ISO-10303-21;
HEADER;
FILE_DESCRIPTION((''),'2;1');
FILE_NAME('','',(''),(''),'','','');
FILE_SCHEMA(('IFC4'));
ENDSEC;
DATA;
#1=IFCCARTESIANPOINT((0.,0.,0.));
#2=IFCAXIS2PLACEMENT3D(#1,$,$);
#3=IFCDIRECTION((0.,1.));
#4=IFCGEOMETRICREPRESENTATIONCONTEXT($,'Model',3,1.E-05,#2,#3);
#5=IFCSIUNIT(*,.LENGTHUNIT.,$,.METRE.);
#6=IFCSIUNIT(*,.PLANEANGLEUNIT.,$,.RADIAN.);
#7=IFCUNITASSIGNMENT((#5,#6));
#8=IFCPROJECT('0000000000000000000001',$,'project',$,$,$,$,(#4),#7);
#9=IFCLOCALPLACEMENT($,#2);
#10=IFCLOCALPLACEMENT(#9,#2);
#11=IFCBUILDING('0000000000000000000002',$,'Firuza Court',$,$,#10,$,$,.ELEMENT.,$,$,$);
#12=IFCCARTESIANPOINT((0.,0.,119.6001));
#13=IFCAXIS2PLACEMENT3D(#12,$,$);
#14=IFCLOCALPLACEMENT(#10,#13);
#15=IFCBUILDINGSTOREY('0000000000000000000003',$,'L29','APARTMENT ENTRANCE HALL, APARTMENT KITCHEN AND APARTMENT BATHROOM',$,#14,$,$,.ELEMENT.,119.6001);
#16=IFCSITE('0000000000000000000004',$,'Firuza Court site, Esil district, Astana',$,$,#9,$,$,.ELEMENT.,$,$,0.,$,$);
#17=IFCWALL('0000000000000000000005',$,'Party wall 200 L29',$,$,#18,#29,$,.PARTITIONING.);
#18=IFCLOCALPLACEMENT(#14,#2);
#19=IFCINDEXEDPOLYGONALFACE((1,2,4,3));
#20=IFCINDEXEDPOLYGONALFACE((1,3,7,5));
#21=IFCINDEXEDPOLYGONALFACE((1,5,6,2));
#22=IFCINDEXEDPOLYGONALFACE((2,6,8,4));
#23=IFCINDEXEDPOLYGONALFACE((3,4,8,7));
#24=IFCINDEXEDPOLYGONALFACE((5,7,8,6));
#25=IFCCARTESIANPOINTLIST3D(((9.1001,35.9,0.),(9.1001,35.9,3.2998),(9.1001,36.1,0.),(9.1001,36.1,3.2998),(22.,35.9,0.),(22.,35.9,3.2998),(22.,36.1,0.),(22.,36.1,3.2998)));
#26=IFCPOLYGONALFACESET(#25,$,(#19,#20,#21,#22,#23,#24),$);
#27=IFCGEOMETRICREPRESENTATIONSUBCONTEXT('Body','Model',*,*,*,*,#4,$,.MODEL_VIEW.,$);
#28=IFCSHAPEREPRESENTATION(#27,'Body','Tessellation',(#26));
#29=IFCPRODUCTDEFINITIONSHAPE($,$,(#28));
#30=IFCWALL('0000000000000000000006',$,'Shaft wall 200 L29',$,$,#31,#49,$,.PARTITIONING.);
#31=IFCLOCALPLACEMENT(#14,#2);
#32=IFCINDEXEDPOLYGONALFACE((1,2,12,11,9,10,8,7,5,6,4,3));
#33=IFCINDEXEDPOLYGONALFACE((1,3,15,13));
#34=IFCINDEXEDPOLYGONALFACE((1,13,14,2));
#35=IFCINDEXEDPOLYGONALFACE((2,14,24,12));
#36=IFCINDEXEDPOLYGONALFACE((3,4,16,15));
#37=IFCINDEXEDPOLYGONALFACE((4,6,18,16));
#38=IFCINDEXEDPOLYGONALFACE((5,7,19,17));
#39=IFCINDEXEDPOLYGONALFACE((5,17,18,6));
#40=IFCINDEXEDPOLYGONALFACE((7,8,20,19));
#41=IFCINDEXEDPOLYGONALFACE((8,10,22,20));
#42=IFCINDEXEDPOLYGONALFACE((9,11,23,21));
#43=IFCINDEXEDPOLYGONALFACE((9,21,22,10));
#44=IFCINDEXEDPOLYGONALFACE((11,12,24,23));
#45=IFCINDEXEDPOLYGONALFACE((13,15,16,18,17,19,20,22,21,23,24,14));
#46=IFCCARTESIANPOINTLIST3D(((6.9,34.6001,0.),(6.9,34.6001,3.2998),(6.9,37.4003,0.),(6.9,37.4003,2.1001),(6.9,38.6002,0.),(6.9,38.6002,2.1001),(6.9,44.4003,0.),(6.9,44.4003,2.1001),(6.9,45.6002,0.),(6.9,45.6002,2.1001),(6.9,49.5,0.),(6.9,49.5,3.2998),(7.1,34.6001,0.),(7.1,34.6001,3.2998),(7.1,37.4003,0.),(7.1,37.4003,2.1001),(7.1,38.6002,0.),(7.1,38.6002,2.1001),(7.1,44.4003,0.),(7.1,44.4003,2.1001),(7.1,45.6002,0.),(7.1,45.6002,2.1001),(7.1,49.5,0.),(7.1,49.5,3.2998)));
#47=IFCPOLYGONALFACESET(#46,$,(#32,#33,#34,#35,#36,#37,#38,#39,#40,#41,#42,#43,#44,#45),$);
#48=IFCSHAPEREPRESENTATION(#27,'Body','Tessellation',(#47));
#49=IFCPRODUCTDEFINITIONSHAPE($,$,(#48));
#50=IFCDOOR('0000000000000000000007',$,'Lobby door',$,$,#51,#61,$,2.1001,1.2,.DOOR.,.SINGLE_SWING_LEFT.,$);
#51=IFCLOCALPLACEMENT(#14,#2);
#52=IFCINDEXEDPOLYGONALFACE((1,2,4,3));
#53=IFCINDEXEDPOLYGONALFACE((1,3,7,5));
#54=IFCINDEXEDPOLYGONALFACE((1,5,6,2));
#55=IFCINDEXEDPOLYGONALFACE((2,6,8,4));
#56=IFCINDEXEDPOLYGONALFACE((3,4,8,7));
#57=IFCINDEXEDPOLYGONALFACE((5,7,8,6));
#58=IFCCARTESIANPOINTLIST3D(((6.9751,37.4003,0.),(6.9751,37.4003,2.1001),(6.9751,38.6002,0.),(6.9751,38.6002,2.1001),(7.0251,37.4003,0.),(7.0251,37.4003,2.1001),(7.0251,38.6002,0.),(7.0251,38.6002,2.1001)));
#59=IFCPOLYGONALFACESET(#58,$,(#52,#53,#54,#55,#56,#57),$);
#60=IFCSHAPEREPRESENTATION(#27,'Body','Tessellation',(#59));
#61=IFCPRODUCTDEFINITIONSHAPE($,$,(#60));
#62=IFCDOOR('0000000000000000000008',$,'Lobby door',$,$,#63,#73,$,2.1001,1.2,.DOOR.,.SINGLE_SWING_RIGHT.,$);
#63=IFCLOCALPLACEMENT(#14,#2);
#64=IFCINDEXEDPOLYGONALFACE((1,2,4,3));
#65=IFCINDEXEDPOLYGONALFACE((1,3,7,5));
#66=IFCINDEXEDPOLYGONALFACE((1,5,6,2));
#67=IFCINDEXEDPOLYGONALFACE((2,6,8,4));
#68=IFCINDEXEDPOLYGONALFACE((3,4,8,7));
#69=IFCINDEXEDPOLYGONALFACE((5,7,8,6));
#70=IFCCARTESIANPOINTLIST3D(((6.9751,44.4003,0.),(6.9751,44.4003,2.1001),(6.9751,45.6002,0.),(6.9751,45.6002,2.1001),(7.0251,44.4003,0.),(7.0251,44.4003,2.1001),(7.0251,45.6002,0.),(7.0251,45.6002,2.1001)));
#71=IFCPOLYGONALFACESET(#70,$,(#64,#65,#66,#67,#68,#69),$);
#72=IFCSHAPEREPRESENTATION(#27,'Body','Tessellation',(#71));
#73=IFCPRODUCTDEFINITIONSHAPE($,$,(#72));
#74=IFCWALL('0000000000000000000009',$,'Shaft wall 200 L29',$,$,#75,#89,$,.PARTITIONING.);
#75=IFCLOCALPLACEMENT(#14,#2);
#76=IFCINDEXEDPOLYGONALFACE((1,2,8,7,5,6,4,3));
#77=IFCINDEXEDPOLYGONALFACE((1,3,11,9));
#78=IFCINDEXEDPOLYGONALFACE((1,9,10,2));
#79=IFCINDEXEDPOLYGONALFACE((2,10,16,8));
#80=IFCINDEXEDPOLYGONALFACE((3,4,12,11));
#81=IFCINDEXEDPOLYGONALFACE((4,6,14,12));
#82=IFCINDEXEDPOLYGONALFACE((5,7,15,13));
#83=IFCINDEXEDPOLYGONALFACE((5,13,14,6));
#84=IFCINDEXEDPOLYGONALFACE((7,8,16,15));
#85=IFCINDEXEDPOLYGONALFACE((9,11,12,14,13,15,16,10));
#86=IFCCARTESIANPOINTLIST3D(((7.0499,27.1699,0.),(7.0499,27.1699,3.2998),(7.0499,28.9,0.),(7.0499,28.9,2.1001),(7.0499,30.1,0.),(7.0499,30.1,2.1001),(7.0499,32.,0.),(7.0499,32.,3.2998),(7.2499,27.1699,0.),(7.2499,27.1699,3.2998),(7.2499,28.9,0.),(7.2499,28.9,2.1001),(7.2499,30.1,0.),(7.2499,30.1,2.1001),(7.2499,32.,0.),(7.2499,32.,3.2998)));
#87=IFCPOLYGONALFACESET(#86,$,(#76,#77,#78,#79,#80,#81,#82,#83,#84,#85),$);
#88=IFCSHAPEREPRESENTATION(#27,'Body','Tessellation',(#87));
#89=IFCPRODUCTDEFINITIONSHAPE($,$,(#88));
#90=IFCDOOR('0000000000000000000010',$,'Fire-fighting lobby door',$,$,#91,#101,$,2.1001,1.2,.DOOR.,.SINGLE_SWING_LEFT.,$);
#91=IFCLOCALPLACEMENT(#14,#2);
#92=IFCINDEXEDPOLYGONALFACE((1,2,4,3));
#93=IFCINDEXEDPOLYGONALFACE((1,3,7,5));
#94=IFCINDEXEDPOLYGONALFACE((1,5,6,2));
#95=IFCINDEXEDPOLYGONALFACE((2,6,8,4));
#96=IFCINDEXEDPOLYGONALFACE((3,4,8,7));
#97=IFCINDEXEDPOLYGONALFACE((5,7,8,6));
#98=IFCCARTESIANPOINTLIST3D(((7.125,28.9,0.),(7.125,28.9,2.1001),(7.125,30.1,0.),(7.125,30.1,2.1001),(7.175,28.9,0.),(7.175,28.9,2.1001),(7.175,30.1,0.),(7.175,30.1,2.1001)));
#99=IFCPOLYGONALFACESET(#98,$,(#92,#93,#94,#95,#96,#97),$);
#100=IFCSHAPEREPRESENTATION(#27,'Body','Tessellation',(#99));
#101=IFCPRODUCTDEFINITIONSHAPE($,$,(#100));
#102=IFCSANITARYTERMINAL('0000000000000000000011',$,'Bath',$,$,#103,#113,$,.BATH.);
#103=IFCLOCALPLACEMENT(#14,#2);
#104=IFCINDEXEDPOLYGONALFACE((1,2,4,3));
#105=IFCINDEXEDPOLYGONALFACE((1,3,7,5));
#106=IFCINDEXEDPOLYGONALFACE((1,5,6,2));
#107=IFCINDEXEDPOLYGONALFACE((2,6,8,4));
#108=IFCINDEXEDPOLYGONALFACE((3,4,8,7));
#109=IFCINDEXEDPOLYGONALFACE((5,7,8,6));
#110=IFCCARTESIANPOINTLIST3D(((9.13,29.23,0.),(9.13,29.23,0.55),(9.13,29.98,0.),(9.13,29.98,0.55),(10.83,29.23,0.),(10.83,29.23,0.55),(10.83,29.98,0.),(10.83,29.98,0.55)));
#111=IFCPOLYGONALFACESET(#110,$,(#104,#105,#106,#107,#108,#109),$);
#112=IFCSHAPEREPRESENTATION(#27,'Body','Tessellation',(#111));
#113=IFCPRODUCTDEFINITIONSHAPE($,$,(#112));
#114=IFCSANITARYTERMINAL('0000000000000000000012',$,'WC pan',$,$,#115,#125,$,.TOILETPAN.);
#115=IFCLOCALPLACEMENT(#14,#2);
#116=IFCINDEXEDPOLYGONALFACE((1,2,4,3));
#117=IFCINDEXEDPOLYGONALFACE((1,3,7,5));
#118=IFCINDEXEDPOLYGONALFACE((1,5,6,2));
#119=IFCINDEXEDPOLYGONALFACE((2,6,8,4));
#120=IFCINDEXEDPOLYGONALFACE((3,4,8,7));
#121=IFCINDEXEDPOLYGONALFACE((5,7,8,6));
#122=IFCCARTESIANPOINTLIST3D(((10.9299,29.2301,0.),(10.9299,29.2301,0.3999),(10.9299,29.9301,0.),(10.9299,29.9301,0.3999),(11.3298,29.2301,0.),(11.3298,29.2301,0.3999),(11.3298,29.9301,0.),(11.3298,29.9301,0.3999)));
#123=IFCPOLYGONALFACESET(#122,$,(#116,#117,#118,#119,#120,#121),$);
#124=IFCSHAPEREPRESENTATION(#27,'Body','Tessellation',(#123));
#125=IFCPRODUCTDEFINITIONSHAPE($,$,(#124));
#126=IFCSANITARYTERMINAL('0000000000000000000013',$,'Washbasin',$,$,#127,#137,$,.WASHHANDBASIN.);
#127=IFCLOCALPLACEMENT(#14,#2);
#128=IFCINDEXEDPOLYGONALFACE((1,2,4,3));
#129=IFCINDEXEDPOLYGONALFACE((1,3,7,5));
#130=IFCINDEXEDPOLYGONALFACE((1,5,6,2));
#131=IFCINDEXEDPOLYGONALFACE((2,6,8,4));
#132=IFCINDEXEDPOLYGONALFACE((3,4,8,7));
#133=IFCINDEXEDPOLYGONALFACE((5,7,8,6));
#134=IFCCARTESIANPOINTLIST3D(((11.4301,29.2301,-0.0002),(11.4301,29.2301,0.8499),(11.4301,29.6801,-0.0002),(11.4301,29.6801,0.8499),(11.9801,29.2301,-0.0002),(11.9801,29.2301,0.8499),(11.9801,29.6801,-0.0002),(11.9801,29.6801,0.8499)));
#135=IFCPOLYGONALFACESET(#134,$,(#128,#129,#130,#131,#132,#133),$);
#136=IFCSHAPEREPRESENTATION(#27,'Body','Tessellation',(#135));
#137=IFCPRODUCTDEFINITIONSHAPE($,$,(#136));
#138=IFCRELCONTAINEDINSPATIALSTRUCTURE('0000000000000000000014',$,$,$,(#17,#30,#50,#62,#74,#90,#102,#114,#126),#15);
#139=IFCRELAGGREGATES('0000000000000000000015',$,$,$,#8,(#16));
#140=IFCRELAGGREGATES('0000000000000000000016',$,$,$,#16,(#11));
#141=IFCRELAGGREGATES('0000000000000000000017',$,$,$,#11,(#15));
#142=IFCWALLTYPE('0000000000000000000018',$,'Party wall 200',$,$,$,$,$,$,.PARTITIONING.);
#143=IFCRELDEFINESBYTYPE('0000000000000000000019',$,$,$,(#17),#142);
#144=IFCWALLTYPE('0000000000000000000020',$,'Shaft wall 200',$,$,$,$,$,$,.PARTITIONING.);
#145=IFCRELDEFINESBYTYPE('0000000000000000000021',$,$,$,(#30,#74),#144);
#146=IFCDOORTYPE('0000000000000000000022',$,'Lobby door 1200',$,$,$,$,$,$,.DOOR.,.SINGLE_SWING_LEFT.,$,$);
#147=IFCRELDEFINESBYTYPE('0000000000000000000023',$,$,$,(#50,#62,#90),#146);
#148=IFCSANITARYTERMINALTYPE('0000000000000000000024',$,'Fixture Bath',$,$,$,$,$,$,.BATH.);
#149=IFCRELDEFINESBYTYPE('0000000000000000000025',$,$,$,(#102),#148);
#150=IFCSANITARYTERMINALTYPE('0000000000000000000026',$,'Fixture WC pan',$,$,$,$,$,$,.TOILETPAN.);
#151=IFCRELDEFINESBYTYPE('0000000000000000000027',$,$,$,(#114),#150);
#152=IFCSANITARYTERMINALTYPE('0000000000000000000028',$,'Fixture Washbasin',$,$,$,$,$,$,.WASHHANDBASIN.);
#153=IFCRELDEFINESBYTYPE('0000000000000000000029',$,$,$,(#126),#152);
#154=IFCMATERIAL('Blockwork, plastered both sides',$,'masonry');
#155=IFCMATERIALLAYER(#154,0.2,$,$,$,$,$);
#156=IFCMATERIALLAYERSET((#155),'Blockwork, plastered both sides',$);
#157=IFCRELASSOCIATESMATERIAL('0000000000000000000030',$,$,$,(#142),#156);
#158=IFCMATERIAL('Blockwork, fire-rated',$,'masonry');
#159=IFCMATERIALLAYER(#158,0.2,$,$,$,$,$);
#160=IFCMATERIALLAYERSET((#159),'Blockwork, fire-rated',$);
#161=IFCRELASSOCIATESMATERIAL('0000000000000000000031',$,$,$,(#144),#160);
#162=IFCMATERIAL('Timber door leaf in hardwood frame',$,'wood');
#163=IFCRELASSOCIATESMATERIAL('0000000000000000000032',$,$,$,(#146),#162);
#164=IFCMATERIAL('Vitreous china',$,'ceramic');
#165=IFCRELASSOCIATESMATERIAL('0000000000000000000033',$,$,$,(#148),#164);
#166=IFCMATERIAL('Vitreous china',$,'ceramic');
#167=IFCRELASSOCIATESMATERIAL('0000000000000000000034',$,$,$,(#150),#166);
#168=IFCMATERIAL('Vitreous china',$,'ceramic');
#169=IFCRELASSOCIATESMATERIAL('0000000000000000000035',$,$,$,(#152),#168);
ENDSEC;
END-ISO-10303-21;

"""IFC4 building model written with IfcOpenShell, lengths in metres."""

from ifc_helpers import new_model, si_unit, direction, frame, frame_2d, origin, origin_2d, place, context, subcontext, project, spatial, rectangle, extrude, material, layer, layer_set, type_object, element, fill, save


model = new_model("IFC4")

# Units and contexts
model_context = context("Model", 3, precision=1e-05, world=origin(), true_north=direction((0.0, 1.0)))
body_context = subcontext(model_context, "Body", "Model", "MODEL_VIEW")
ifc_project = project(units=[si_unit("LENGTHUNIT", "METRE"), si_unit("PLANEANGLEUNIT", "RADIAN")], contexts=[model_context])

# Site, building, storey
site_placement = place(None, origin())
site = spatial("IfcSite", under=ifc_project, at=site_placement, Name="Firuza Court site, Esil district, Astana", CompositionType="ELEMENT", RefElevation=0.0)
building_placement = place(site_placement, origin())
building = spatial("IfcBuilding", under=site, at=building_placement, Name="Firuza Court", CompositionType="ELEMENT")
storey_placement = place(building_placement, frame((0.0, 0.0, 119.6001)))
storey = spatial("IfcBuildingStorey", under=building, at=storey_placement, Name="L29", Description="APARTMENT ENTRANCE HALL, APARTMENT KITCHEN AND APARTMENT BATHROOM", CompositionType="ELEMENT", Elevation=119.6001)

# Shared definitions
ifc_material_1 = material(Name="Blockwork, plastered both sides", Category="masonry")

# Wall
ifc_layer_1 = layer(ifc_material_1, 0.2)
ifc_layer_set_1 = layer_set([ifc_layer_1], Name="Blockwork, plastered both sides")
wall_type_1 = type_object("IfcWallType", Name="Party wall 200", PredefinedType="PARTITIONING", material=ifc_layer_set_1)
for number, where, z_axis, x_axis, name in (
    (1, (9.1001, 36.0, 0.0), (0.0, 0.0, 1.0), (1.0, 0.0, 0.0), "Party wall 200 L29"),
):
    element("IfcWall", number, at=place(storey_placement, frame(where, z_axis=z_axis, x_axis=x_axis)), inside=storey, type_object=wall_type_1, Name=name, PredefinedType="PARTITIONING", context=body_context, shape_type="SweptSolid", body=[
        extrude(rectangle(XDim=12.8999, YDim=0.2, at=frame_2d((6.45, 0.0))), origin(), (0.0, 0.0, 1.0), 3.2998),
    ])

# Wall, openings, doors
ifc_material_2 = material(Name="Blockwork, fire-rated", Category="masonry")
ifc_layer_2 = layer(ifc_material_2, 0.2)
ifc_layer_set_2 = layer_set([ifc_layer_2], Name="Blockwork, fire-rated")
wall_type_2 = type_object("IfcWallType", Name="Shaft wall 200", PredefinedType="PARTITIONING", material=ifc_layer_set_2)
wall_1_placement = place(storey_placement, frame((7.0, 34.6001, 0.0), z_axis=(0.0, 0.0, 1.0), x_axis=(0.0, 1.0, 0.0)))
wall_1 = element("IfcWall", 2, at=wall_1_placement, inside=storey, type_object=wall_type_2, Name="Shaft wall 200 L29", PredefinedType="PARTITIONING", context=body_context, shape_type="SweptSolid", body=[
    extrude(rectangle(XDim=14.8999, YDim=0.2, at=frame_2d((7.45, 0.0))), origin(), (0.0, 0.0, 1.0), 3.2998),
])
opening_1_placement = place(wall_1_placement, frame((2.8, 0.0, 0.0)))
opening_1 = element("IfcOpeningElement", 3, at=opening_1_placement, cuts=wall_1, PredefinedType="OPENING", context=body_context, shape_type="SweptSolid", body=[
    extrude(rectangle(XDim=1.2, YDim=2.1001, at=frame_2d((0.6001, 1.05))), frame((0.0, 0.1118, 0.0), z_axis=(0.0, -1.0, 0.0), x_axis=(1.0, 0.0, 0.0)), (0.0, 0.0, 1.0), 0.2239),
])
opening_2_placement = place(wall_1_placement, frame((9.8, 0.0, 0.0)))
opening_2 = element("IfcOpeningElement", 4, at=opening_2_placement, cuts=wall_1, PredefinedType="OPENING", context=body_context, shape_type="SweptSolid", body=[
    extrude(rectangle(XDim=1.2, YDim=2.1001, at=frame_2d((0.6001, 1.05))), frame((0.0, 0.1118, 0.0), z_axis=(0.0, -1.0, 0.0), x_axis=(1.0, 0.0, 0.0)), (0.0, 0.0, 1.0), 0.2239),
])
ifc_material_3 = material(Name="Timber door leaf in hardwood frame", Category="wood")
door_type_1 = type_object("IfcDoorType", Name="Lobby door 1200", OperationType="SINGLE_SWING_LEFT", PredefinedType="DOOR", material=ifc_material_3)
door_1_placement = place(opening_1_placement, origin())
door_1 = element("IfcDoor", 5, at=door_1_placement, inside=storey, type_object=door_type_1, Name="Lobby door", OperationType="SINGLE_SWING_LEFT", OverallHeight=2.1001, OverallWidth=1.2, PredefinedType="DOOR", context=body_context, shape_type="SweptSolid", body=[
    extrude(rectangle(XDim=1.2, YDim=2.1001, at=frame_2d((0.6001, 1.05))), frame((0.0, 0.0249, 0.0), z_axis=(0.0, -1.0, 0.0), x_axis=(1.0, 0.0, 0.0)), (0.0, 0.0, 1.0), 0.05),
])
fill(opening_1, door_1)
door_2_placement = place(opening_2_placement, origin())
door_2 = element("IfcDoor", 6, at=door_2_placement, inside=storey, type_object=door_type_1, Name="Lobby door", OperationType="SINGLE_SWING_RIGHT", OverallHeight=2.1001, OverallWidth=1.2, PredefinedType="DOOR", context=body_context, shape_type="SweptSolid", body=[
    extrude(rectangle(XDim=1.2, YDim=2.1001, at=frame_2d((0.6001, 1.05))), frame((0.0, 0.0249, 0.0), z_axis=(0.0, -1.0, 0.0), x_axis=(1.0, 0.0, 0.0)), (0.0, 0.0, 1.0), 0.05),
])
fill(opening_2, door_2)

# Wall, opening, door
wall_2_placement = place(storey_placement, frame((7.1499, 27.1699, 0.0), z_axis=(0.0, 0.0, 1.0), x_axis=(0.0, 1.0, 0.0)))
wall_2 = element("IfcWall", 7, at=wall_2_placement, inside=storey, type_object=wall_type_2, Name="Shaft wall 200 L29", PredefinedType="PARTITIONING", context=body_context, shape_type="SweptSolid", body=[
    extrude(rectangle(XDim=4.8301, YDim=0.2, at=frame_2d((2.415, 0.0))), origin(), (0.0, 0.0, 1.0), 3.2998),
])
opening_3_placement = place(wall_2_placement, frame((1.73, 0.0, 0.0)))
opening_3 = element("IfcOpeningElement", 8, at=opening_3_placement, cuts=wall_2, PredefinedType="OPENING", context=body_context, shape_type="SweptSolid", body=[
    extrude(rectangle(XDim=1.2, YDim=2.1001, at=frame_2d((0.6001, 1.05))), frame((0.0, 0.1118, 0.0), z_axis=(0.0, -1.0, 0.0), x_axis=(1.0, 0.0, 0.0)), (0.0, 0.0, 1.0), 0.2239),
])
door_3_placement = place(opening_3_placement, origin())
door_3 = element("IfcDoor", 9, at=door_3_placement, inside=storey, type_object=door_type_1, Name="Fire-fighting lobby door", OperationType="SINGLE_SWING_LEFT", OverallHeight=2.1001, OverallWidth=1.2, PredefinedType="DOOR", context=body_context, shape_type="SweptSolid", body=[
    extrude(rectangle(XDim=1.2, YDim=2.1001, at=frame_2d((0.6001, 1.05))), frame((0.0, 0.0249, 0.0), z_axis=(0.0, -1.0, 0.0), x_axis=(1.0, 0.0, 0.0)), (0.0, 0.0, 1.0), 0.05),
])
fill(opening_3, door_3)

# Sanitary terminals
ifc_material_4 = material(Name="Vitreous china", Category="ceramic")
sanitary_terminal_type_1 = type_object("IfcSanitaryTerminalType", Name="Fixture Bath", PredefinedType="BATH", material=ifc_material_4)
sanitary_terminal_1_placement = place(storey_placement, frame((9.98, 29.605, 0.0), z_axis=(0.0, 0.0, 1.0), x_axis=(1.0, 0.0, 0.0)))
element("IfcSanitaryTerminal", 10, at=sanitary_terminal_1_placement, inside=storey, type_object=sanitary_terminal_type_1, Name="Bath", PredefinedType="BATH", context=body_context, shape_type="SweptSolid", body=[
    extrude(rectangle(XDim=1.7, YDim=0.75, at=origin_2d()), origin(), (0.0, 0.0, 1.0), 0.55),
])
ifc_material_5 = material(Name="Vitreous china", Category="ceramic")
sanitary_terminal_type_2 = type_object("IfcSanitaryTerminalType", Name="Fixture WC pan", PredefinedType="TOILETPAN", material=ifc_material_5)
sanitary_terminal_2_placement = place(storey_placement, frame((11.1299, 29.5801, 0.0), z_axis=(0.0, 0.0, 1.0), x_axis=(1.0, 0.0, 0.0)))
element("IfcSanitaryTerminal", 11, at=sanitary_terminal_2_placement, inside=storey, type_object=sanitary_terminal_type_2, Name="WC pan", PredefinedType="TOILETPAN", context=body_context, shape_type="SweptSolid", body=[
    extrude(rectangle(XDim=0.3999, YDim=0.7, at=origin_2d()), origin(), (0.0, 0.0, 1.0), 0.3999),
])
ifc_material_6 = material(Name="Vitreous china", Category="ceramic")
sanitary_terminal_type_3 = type_object("IfcSanitaryTerminalType", Name="Fixture Washbasin", PredefinedType="WASHHANDBASIN", material=ifc_material_6)
sanitary_terminal_3_placement = place(storey_placement, frame((11.7051, 29.4551, -0.0002), z_axis=(0.0, 0.0, 1.0), x_axis=(1.0, 0.0, 0.0)))
element("IfcSanitaryTerminal", 12, at=sanitary_terminal_3_placement, inside=storey, type_object=sanitary_terminal_type_3, Name="Washbasin", PredefinedType="WASHHANDBASIN", context=body_context, shape_type="SweptSolid", body=[
    extrude(rectangle(XDim=0.55, YDim=0.45, at=origin_2d()), origin(), (0.0, 0.0, 1.0), 0.8501),
])

save(model, "model.ifc")
